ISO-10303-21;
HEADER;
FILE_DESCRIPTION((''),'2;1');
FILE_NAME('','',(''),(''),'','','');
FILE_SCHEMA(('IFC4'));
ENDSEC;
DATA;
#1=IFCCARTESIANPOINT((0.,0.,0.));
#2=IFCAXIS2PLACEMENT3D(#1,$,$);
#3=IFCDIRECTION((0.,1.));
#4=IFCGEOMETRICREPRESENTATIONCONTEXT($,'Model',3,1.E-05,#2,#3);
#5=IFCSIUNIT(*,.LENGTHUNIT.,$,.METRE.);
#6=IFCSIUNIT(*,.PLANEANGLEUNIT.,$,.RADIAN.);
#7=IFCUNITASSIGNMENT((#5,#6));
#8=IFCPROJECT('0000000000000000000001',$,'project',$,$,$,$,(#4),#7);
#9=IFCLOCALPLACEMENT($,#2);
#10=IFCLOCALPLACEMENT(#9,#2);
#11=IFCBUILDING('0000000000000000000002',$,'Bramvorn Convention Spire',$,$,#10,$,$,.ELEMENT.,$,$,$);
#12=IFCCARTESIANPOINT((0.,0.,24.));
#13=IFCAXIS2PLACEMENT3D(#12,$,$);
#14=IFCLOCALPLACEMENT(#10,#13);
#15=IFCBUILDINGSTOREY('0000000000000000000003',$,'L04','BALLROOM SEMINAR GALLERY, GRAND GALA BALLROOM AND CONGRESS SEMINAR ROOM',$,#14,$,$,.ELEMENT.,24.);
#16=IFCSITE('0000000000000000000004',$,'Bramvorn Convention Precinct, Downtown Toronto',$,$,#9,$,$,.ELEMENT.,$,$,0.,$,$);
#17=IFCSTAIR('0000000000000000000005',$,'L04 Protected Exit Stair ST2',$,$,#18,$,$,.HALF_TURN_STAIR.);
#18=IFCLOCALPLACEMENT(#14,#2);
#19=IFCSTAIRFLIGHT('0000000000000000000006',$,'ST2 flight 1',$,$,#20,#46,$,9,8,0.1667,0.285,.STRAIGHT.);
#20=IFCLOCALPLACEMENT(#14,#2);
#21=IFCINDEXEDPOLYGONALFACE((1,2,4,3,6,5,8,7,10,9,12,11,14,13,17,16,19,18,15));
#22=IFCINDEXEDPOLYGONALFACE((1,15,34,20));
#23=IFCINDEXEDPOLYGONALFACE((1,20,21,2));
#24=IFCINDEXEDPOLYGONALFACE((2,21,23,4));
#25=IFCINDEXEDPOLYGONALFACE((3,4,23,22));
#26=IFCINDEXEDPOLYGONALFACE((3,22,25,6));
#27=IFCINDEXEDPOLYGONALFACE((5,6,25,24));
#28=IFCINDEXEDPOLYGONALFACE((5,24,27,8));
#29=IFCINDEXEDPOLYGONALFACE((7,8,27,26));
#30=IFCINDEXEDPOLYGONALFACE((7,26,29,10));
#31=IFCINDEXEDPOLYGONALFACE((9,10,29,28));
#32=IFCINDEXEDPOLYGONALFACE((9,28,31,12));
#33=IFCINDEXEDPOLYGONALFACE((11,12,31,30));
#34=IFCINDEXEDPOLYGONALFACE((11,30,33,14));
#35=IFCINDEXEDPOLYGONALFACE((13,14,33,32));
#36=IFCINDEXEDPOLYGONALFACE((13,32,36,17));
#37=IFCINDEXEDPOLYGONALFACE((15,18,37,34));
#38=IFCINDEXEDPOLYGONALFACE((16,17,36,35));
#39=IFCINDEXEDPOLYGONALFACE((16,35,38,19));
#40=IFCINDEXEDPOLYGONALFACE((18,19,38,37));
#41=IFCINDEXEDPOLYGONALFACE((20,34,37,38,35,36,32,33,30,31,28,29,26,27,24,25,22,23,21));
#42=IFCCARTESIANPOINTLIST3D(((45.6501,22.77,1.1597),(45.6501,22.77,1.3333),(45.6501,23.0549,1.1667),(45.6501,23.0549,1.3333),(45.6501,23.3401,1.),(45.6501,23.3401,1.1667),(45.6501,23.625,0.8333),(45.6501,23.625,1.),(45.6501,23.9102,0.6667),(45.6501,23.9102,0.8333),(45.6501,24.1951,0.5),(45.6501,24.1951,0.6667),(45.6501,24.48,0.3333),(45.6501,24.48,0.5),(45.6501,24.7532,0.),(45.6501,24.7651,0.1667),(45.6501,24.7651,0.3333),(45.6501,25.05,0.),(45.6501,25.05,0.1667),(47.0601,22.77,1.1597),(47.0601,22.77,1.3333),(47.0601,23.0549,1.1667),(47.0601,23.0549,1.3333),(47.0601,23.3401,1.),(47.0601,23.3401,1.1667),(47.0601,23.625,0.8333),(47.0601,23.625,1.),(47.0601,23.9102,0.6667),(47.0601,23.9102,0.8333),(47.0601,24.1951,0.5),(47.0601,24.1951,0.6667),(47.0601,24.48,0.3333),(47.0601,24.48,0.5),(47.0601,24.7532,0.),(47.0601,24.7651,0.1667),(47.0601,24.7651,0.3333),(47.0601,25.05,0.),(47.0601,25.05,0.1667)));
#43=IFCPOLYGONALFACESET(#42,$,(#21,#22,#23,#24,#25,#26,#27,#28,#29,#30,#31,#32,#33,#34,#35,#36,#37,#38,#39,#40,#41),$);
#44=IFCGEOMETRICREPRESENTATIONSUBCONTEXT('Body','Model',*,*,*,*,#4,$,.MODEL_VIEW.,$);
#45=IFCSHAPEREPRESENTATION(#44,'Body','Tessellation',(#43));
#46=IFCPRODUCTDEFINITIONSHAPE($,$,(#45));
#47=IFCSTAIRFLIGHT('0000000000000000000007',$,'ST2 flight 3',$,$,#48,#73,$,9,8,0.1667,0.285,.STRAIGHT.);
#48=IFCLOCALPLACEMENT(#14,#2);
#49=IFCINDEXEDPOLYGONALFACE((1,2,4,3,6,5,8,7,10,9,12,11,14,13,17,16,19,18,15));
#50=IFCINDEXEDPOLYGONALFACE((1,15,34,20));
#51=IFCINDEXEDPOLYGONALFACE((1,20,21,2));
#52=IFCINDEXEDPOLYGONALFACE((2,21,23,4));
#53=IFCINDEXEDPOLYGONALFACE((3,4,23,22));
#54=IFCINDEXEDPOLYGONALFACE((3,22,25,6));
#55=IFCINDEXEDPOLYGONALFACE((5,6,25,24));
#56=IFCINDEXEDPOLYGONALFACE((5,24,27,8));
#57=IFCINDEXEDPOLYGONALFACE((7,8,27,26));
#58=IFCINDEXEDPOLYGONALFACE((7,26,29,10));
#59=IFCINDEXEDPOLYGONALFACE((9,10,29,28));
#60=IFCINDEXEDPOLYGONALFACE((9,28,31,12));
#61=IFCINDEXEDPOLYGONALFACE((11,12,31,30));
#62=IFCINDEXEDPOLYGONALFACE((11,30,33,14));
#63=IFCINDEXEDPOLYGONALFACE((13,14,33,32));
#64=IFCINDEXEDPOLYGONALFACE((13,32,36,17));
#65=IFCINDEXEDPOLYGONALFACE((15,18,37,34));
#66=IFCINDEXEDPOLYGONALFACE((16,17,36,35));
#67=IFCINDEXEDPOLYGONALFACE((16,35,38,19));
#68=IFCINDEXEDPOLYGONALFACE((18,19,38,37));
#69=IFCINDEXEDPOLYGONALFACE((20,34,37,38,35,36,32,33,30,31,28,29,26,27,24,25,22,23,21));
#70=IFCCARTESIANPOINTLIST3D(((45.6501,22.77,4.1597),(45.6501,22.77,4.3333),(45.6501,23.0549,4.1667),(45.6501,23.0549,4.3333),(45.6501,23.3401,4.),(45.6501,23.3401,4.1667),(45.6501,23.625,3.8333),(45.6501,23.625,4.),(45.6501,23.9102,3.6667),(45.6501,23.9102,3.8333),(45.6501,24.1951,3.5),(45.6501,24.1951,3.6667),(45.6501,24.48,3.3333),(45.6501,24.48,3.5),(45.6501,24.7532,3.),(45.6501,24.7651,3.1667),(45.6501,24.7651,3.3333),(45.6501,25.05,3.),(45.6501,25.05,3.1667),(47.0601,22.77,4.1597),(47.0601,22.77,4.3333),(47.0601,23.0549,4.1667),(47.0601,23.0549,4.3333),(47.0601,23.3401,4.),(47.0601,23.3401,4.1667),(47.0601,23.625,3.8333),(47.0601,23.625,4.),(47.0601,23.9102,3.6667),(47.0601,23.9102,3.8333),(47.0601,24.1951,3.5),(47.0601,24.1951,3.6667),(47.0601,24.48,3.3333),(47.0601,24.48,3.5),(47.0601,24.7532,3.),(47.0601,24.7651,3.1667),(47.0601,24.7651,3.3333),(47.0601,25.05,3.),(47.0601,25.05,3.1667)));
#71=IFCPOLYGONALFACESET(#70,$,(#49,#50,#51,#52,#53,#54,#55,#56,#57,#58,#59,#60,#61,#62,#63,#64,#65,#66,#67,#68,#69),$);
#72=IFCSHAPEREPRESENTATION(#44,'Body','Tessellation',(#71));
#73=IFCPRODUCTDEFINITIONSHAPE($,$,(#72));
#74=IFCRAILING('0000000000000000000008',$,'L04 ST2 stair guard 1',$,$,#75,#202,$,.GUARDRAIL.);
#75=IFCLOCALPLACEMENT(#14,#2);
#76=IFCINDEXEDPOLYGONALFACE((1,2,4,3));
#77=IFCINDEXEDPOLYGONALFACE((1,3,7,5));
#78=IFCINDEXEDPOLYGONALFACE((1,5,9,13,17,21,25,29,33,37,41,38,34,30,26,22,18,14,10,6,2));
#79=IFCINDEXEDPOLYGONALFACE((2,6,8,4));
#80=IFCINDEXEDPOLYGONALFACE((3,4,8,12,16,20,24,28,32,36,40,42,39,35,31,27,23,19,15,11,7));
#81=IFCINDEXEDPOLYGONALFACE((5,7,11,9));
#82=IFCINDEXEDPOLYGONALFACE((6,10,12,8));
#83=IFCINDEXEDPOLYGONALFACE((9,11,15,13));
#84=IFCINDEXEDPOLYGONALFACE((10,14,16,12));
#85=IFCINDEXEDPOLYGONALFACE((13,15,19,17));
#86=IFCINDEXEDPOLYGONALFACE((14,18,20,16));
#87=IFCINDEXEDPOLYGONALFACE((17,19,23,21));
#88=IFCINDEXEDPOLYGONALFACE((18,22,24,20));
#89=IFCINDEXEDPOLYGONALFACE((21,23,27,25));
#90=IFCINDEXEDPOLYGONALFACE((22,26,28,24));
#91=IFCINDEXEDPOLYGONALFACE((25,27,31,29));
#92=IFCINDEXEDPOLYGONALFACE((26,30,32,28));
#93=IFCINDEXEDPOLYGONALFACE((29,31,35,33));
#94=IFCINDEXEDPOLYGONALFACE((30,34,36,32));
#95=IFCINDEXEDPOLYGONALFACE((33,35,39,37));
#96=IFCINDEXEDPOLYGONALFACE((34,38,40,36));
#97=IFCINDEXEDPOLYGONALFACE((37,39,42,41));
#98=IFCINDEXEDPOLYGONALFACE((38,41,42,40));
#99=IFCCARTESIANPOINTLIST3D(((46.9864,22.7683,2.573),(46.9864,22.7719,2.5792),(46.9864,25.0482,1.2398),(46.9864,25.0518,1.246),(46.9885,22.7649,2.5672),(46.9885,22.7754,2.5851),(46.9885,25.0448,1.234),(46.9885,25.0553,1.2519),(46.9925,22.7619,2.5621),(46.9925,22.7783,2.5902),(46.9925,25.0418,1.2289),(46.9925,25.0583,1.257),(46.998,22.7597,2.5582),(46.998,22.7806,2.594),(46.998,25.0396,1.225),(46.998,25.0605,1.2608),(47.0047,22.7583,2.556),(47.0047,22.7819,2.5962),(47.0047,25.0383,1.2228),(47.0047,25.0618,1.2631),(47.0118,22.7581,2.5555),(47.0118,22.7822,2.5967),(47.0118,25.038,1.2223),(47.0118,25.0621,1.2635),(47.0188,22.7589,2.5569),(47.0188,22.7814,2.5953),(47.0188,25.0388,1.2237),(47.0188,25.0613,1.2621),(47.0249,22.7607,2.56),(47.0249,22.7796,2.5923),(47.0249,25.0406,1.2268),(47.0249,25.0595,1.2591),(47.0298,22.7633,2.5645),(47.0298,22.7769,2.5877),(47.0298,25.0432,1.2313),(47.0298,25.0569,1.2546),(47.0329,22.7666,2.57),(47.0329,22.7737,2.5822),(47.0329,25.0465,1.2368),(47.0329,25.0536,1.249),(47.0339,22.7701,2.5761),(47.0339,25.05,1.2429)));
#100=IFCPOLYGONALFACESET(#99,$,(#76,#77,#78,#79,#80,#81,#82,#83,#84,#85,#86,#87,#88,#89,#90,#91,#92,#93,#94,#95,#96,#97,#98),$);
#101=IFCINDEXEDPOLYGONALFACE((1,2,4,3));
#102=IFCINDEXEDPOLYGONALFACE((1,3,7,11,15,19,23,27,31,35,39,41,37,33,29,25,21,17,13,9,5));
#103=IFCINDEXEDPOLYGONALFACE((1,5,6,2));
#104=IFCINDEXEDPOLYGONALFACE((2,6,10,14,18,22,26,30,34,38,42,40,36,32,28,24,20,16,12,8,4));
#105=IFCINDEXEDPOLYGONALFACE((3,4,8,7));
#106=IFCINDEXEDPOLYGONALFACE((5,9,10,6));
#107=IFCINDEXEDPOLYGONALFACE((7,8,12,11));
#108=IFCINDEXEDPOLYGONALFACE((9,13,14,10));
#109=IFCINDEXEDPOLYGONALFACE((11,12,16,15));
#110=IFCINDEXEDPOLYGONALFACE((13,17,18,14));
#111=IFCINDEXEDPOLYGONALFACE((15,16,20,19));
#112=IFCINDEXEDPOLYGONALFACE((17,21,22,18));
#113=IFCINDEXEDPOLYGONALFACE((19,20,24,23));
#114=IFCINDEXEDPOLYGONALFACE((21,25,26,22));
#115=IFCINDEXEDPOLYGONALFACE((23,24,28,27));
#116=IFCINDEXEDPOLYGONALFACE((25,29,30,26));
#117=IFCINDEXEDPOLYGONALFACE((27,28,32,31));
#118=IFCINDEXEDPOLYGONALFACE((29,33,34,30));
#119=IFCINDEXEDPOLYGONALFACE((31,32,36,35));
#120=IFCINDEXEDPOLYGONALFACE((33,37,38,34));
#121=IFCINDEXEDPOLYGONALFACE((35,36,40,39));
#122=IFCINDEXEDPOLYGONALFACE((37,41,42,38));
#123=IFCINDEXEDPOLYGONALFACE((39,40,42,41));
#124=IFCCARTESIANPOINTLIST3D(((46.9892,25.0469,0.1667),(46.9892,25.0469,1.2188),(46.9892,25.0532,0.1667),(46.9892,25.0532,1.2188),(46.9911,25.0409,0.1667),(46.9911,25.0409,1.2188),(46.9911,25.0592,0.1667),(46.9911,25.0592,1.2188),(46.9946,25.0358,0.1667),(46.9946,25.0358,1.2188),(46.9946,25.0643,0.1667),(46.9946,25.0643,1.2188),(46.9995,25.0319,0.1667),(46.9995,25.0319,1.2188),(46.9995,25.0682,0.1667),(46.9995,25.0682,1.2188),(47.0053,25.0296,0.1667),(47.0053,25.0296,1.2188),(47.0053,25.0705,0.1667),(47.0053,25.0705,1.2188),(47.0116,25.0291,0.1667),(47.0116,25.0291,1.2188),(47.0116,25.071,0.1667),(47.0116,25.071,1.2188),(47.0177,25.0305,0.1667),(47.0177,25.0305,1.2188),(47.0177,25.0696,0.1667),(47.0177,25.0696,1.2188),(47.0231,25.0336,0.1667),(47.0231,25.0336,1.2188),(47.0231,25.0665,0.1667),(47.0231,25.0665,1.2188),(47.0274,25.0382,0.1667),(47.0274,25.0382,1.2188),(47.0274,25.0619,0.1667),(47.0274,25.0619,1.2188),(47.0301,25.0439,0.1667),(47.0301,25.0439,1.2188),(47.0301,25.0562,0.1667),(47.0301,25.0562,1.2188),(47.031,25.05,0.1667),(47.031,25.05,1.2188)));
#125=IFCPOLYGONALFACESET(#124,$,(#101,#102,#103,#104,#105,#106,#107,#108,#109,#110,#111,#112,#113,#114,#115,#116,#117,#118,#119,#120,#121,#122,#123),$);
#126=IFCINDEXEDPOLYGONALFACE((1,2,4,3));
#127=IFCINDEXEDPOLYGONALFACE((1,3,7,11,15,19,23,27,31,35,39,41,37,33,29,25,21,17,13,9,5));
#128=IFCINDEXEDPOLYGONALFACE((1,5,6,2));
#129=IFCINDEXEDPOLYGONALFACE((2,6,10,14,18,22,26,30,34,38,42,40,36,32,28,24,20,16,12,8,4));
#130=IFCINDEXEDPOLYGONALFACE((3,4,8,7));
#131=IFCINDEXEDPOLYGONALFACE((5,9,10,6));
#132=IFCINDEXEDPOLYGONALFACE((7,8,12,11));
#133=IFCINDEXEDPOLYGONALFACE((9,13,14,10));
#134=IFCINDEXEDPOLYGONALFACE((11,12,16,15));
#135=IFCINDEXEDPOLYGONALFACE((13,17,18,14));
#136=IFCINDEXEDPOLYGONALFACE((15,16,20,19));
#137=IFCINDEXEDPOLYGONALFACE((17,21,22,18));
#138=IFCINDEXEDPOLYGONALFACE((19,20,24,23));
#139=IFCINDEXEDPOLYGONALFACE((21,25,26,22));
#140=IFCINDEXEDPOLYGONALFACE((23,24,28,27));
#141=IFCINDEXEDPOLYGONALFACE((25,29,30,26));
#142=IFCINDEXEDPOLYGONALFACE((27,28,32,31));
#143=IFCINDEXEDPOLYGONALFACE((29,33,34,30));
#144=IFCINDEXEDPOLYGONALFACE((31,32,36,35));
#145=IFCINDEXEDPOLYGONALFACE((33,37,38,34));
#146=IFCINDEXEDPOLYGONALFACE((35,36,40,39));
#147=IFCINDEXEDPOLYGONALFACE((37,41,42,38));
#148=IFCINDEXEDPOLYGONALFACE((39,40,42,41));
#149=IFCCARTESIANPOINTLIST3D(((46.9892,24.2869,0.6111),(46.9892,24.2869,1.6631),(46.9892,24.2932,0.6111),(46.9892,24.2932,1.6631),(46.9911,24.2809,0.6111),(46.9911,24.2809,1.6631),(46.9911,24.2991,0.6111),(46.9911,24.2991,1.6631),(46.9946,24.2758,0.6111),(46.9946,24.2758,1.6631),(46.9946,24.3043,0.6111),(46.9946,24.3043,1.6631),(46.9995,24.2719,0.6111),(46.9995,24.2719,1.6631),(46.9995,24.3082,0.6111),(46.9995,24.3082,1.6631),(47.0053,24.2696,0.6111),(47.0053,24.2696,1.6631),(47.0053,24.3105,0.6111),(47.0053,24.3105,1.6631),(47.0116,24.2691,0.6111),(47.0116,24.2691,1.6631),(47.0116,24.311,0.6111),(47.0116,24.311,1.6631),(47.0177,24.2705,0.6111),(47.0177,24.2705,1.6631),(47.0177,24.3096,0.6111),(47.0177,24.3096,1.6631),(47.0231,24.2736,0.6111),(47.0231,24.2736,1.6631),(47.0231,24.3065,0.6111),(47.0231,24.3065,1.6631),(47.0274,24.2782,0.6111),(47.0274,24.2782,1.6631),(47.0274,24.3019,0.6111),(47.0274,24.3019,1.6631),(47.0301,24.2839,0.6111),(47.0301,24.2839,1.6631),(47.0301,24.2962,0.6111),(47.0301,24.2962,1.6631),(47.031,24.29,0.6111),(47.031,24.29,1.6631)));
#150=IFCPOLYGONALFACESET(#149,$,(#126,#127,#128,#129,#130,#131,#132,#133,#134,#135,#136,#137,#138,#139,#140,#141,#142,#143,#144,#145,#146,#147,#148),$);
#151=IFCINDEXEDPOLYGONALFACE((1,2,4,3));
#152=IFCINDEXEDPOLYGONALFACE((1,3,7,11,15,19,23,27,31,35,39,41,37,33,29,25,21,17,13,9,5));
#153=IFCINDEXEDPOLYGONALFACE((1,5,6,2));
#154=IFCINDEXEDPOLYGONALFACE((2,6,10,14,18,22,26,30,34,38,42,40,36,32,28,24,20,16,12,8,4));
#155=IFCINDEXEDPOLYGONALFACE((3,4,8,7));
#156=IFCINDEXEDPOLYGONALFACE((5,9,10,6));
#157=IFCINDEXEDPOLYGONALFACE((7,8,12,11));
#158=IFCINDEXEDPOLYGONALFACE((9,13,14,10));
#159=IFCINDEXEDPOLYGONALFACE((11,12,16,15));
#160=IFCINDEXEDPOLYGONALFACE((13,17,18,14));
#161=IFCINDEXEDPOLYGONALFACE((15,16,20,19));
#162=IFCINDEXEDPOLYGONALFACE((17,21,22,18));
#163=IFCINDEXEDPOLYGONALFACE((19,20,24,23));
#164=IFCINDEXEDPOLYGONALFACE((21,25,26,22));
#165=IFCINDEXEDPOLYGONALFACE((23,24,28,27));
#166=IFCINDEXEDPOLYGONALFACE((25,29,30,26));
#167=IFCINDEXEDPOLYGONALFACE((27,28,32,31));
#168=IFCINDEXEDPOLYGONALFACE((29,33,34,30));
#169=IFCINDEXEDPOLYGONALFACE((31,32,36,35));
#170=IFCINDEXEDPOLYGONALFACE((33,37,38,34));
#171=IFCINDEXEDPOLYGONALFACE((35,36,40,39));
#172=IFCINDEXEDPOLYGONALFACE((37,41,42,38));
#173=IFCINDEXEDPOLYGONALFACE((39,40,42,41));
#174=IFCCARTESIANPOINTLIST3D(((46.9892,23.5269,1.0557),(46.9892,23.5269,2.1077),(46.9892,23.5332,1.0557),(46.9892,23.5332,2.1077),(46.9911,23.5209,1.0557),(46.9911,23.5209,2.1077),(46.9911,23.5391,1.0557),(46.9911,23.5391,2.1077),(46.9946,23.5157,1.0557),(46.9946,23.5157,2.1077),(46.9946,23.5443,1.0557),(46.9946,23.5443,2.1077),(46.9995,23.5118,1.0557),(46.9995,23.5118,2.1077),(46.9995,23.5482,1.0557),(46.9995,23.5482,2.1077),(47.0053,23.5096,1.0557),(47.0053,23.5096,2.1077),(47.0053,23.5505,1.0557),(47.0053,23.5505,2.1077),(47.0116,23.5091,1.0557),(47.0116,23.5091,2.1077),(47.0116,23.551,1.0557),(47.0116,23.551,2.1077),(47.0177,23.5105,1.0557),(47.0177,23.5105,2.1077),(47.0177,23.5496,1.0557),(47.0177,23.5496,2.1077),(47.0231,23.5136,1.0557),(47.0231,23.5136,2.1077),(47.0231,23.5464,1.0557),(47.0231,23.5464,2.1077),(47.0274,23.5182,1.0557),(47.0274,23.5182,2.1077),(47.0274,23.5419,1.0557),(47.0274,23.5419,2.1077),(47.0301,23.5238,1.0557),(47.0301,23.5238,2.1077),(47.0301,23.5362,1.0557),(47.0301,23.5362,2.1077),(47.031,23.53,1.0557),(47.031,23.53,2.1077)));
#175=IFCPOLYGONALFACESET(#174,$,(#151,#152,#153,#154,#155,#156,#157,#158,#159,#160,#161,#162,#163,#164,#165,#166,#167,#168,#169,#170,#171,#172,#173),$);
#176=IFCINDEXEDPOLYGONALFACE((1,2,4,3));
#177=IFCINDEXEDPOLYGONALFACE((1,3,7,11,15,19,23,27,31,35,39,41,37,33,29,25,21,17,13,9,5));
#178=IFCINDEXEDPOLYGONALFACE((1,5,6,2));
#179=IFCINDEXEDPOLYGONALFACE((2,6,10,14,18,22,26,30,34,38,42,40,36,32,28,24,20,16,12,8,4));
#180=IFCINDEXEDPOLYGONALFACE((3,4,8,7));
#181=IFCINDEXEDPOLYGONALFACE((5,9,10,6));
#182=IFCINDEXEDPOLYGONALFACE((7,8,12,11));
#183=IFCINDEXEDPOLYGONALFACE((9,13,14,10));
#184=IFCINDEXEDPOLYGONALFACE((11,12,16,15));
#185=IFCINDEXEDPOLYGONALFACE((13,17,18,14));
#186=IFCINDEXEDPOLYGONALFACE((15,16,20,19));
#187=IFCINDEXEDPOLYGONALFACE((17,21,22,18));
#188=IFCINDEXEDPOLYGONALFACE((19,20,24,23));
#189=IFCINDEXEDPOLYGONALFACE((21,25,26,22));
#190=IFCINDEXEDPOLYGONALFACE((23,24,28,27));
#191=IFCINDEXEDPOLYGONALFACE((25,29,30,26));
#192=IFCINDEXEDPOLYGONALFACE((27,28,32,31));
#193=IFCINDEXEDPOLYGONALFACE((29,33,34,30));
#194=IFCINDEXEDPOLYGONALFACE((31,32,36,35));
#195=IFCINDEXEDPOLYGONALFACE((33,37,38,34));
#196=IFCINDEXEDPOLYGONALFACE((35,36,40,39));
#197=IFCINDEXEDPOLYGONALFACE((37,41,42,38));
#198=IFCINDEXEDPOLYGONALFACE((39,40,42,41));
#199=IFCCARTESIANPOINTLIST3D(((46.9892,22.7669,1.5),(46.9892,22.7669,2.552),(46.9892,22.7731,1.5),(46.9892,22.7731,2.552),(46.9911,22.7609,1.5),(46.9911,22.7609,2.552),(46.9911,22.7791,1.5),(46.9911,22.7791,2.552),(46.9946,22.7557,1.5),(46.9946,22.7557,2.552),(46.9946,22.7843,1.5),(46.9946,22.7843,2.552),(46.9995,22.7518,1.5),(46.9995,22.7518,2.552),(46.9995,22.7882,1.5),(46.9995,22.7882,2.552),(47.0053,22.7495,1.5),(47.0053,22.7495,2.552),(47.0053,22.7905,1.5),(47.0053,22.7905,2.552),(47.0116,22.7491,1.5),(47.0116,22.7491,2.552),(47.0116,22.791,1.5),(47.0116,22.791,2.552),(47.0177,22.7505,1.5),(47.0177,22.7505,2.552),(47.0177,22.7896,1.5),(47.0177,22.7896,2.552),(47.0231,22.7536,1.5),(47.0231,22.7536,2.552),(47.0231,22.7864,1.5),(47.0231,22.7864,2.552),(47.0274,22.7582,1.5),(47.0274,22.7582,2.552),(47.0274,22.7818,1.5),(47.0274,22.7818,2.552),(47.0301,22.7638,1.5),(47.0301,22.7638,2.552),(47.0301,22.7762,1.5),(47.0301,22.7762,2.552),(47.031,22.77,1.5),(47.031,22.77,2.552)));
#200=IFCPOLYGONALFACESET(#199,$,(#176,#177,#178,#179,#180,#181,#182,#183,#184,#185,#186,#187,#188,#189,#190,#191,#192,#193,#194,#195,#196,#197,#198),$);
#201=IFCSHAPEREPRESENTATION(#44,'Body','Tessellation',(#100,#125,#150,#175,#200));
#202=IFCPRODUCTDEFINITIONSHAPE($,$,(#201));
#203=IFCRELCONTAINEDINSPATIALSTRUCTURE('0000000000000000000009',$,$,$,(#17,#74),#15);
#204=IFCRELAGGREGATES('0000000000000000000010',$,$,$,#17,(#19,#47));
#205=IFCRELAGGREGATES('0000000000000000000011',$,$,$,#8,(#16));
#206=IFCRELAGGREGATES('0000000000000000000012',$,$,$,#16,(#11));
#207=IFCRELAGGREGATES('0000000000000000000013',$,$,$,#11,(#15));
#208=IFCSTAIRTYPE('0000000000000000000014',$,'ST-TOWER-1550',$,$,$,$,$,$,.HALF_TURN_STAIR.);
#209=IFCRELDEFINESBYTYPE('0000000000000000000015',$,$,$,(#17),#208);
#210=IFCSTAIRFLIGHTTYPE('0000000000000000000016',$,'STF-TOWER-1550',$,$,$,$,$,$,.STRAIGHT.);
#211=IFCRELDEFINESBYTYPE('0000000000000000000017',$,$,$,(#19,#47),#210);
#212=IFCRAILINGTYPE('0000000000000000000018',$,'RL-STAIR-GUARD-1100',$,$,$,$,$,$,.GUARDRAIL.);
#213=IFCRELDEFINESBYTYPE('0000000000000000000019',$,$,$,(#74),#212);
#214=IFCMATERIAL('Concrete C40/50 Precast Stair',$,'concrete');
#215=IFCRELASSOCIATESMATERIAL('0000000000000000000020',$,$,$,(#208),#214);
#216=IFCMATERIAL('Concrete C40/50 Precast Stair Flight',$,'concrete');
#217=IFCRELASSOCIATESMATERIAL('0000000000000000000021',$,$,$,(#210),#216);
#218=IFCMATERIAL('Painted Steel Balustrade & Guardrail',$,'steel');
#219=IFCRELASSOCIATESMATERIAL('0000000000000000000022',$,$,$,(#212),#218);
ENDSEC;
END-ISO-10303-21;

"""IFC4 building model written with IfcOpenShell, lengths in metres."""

from ifc_helpers import new_model, si_unit, direction, frame, origin, origin_2d, place, context, subcontext, project, spatial, polyline, circle, outline, extrude, material, type_object, element, aggregate, save


model = new_model("IFC4")

# Units and contexts
model_context = context("Model", 3, precision=1e-05, world=origin(), true_north=direction((0.0, 1.0)))
body_context = subcontext(model_context, "Body", "Model", "MODEL_VIEW")
ifc_project = project(units=[si_unit("LENGTHUNIT", "METRE"), si_unit("PLANEANGLEUNIT", "RADIAN")], contexts=[model_context])

# Site, building, storey
site_placement = place(None, origin())
site = spatial("IfcSite", under=ifc_project, at=site_placement, Name="Bramvorn Convention Precinct, Downtown Toronto", CompositionType="ELEMENT", RefElevation=0.0)
building_placement = place(site_placement, origin())
building = spatial("IfcBuilding", under=site, at=building_placement, Name="Bramvorn Convention Spire", CompositionType="ELEMENT")
storey_placement = place(building_placement, frame((0.0, 0.0, 24.0)))
storey = spatial("IfcBuildingStorey", under=building, at=storey_placement, Name="L04", Description="BALLROOM SEMINAR GALLERY, GRAND GALA BALLROOM AND CONGRESS SEMINAR ROOM", CompositionType="ELEMENT", Elevation=24.0)

# Stair, stair flights
ifc_material_1 = material(Name="Concrete C40/50 Precast Stair", Category="concrete")
stair_type = type_object("IfcStairType", Name="ST-TOWER-1550", PredefinedType="HALF_TURN_STAIR", material=ifc_material_1)
stair_placement = place(storey_placement, origin())
stair = element("IfcStair", 1, at=stair_placement, inside=storey, type_object=stair_type, Name="L04 Protected Exit Stair ST2", PredefinedType="HALF_TURN_STAIR")
ifc_material_2 = material(Name="Concrete C40/50 Precast Stair Flight", Category="concrete")
stair_flight_type = type_object("IfcStairFlightType", Name="STF-TOWER-1550", PredefinedType="STRAIGHT", material=ifc_material_2)
stair_flight_1_placement = place(storey_placement, frame((46.355, 25.05, 0.0), z_axis=(0.0, 0.0, 1.0), x_axis=(0.0, -1.0, 0.0)))
stair_flight_1 = element("IfcStairFlight", 2, at=stair_flight_1_placement, type_object=stair_flight_type, Name="ST2 flight 1", NumberOfRisers=9, NumberOfTreads=8, PredefinedType="STRAIGHT", RiserHeight=0.1667, TreadLength=0.285, context=body_context, shape_type="SweptSolid", body=[
    extrude(outline(polyline([(0.0, 0.0), (0.0, 0.1667), (0.2849, 0.1667), (0.2849, 0.3333), (0.5701, 0.3333), (0.5701, 0.5), (0.855, 0.5), (0.855, 0.6667), (1.1399, 0.6667), (1.1399, 0.8333), (1.425, 0.8333), (1.425, 1.0), (1.71, 1.0), (1.71, 1.1667), (1.9951, 1.1667), (1.9951, 1.3333), (2.28, 1.3333), (2.28, 1.5), (2.28, 1.1597), (0.2969, 0.0), (0.0, 0.0)])), frame((0.0, 0.7051, 0.0), z_axis=(0.0, -1.0, 0.0), x_axis=(1.0, 0.0, 0.0)), (0.0, 0.0, 1.0), 1.4099),
])
stair_flight_2_placement = place(storey_placement, frame((46.355, 25.05, 3.0), z_axis=(0.0, 0.0, 1.0), x_axis=(0.0, -1.0, 0.0)))
stair_flight_2 = element("IfcStairFlight", 3, at=stair_flight_2_placement, type_object=stair_flight_type, Name="ST2 flight 3", NumberOfRisers=9, NumberOfTreads=8, PredefinedType="STRAIGHT", RiserHeight=0.1667, TreadLength=0.285, context=body_context, shape_type="SweptSolid", body=[
    extrude(outline(polyline([(0.0, 0.0), (0.0, 0.1667), (0.2849, 0.1667), (0.2849, 0.3333), (0.5701, 0.3333), (0.5701, 0.5), (0.855, 0.5), (0.855, 0.6667), (1.1399, 0.6667), (1.1399, 0.8333), (1.425, 0.8333), (1.425, 1.0), (1.71, 1.0), (1.71, 1.1667), (1.9951, 1.1667), (1.9951, 1.3333), (2.28, 1.3333), (2.28, 1.5), (2.28, 1.1597), (0.2969, 0.0), (0.0, 0.0)])), frame((0.0, 0.7051, 0.0), z_axis=(0.0, -1.0, 0.0), x_axis=(1.0, 0.0, 0.0)), (0.0, 0.0, 1.0), 1.4099),
])
aggregate(stair, [stair_flight_1, stair_flight_2])

# Railing
ifc_material_3 = material(Name="Painted Steel Balustrade & Guardrail", Category="steel")
railing_type_1 = type_object("IfcRailingType", Name="RL-STAIR-GUARD-1100", PredefinedType="GUARDRAIL", material=ifc_material_3)
railing_1_placement = place(storey_placement, frame((47.01, 25.05, 0.1667)))
element("IfcRailing", 4, at=railing_1_placement, inside=storey, type_object=railing_type_1, Name="L04 ST2 stair guard 1", PredefinedType="GUARDRAIL", context=body_context, shape_type="SweptSolid", body=[
    extrude(circle(Radius=0.0239, at=origin_2d()), frame((0.0, 0.0, 1.0762), z_axis=(0.0, -0.863245, 0.504785), x_axis=(1.0, 0.0, 0.0)), (0.0, 0.0, 1.0), 2.6411),
    extrude(circle(Radius=0.021, at=origin_2d()), origin(), (0.0, 0.0, 1.0), 1.052),
    extrude(circle(Radius=0.021, at=origin_2d()), frame((0.0, -0.76, 0.4443)), (0.0, 0.0, 1.0), 1.052),
    extrude(circle(Radius=0.021, at=origin_2d()), frame((0.0, -1.52, 0.8889)), (0.0, 0.0, 1.0), 1.052),
    extrude(circle(Radius=0.021, at=origin_2d()), frame((0.0, -2.28, 1.3333)), (0.0, 0.0, 1.0), 1.052),
])

save(model, "model.ifc")
